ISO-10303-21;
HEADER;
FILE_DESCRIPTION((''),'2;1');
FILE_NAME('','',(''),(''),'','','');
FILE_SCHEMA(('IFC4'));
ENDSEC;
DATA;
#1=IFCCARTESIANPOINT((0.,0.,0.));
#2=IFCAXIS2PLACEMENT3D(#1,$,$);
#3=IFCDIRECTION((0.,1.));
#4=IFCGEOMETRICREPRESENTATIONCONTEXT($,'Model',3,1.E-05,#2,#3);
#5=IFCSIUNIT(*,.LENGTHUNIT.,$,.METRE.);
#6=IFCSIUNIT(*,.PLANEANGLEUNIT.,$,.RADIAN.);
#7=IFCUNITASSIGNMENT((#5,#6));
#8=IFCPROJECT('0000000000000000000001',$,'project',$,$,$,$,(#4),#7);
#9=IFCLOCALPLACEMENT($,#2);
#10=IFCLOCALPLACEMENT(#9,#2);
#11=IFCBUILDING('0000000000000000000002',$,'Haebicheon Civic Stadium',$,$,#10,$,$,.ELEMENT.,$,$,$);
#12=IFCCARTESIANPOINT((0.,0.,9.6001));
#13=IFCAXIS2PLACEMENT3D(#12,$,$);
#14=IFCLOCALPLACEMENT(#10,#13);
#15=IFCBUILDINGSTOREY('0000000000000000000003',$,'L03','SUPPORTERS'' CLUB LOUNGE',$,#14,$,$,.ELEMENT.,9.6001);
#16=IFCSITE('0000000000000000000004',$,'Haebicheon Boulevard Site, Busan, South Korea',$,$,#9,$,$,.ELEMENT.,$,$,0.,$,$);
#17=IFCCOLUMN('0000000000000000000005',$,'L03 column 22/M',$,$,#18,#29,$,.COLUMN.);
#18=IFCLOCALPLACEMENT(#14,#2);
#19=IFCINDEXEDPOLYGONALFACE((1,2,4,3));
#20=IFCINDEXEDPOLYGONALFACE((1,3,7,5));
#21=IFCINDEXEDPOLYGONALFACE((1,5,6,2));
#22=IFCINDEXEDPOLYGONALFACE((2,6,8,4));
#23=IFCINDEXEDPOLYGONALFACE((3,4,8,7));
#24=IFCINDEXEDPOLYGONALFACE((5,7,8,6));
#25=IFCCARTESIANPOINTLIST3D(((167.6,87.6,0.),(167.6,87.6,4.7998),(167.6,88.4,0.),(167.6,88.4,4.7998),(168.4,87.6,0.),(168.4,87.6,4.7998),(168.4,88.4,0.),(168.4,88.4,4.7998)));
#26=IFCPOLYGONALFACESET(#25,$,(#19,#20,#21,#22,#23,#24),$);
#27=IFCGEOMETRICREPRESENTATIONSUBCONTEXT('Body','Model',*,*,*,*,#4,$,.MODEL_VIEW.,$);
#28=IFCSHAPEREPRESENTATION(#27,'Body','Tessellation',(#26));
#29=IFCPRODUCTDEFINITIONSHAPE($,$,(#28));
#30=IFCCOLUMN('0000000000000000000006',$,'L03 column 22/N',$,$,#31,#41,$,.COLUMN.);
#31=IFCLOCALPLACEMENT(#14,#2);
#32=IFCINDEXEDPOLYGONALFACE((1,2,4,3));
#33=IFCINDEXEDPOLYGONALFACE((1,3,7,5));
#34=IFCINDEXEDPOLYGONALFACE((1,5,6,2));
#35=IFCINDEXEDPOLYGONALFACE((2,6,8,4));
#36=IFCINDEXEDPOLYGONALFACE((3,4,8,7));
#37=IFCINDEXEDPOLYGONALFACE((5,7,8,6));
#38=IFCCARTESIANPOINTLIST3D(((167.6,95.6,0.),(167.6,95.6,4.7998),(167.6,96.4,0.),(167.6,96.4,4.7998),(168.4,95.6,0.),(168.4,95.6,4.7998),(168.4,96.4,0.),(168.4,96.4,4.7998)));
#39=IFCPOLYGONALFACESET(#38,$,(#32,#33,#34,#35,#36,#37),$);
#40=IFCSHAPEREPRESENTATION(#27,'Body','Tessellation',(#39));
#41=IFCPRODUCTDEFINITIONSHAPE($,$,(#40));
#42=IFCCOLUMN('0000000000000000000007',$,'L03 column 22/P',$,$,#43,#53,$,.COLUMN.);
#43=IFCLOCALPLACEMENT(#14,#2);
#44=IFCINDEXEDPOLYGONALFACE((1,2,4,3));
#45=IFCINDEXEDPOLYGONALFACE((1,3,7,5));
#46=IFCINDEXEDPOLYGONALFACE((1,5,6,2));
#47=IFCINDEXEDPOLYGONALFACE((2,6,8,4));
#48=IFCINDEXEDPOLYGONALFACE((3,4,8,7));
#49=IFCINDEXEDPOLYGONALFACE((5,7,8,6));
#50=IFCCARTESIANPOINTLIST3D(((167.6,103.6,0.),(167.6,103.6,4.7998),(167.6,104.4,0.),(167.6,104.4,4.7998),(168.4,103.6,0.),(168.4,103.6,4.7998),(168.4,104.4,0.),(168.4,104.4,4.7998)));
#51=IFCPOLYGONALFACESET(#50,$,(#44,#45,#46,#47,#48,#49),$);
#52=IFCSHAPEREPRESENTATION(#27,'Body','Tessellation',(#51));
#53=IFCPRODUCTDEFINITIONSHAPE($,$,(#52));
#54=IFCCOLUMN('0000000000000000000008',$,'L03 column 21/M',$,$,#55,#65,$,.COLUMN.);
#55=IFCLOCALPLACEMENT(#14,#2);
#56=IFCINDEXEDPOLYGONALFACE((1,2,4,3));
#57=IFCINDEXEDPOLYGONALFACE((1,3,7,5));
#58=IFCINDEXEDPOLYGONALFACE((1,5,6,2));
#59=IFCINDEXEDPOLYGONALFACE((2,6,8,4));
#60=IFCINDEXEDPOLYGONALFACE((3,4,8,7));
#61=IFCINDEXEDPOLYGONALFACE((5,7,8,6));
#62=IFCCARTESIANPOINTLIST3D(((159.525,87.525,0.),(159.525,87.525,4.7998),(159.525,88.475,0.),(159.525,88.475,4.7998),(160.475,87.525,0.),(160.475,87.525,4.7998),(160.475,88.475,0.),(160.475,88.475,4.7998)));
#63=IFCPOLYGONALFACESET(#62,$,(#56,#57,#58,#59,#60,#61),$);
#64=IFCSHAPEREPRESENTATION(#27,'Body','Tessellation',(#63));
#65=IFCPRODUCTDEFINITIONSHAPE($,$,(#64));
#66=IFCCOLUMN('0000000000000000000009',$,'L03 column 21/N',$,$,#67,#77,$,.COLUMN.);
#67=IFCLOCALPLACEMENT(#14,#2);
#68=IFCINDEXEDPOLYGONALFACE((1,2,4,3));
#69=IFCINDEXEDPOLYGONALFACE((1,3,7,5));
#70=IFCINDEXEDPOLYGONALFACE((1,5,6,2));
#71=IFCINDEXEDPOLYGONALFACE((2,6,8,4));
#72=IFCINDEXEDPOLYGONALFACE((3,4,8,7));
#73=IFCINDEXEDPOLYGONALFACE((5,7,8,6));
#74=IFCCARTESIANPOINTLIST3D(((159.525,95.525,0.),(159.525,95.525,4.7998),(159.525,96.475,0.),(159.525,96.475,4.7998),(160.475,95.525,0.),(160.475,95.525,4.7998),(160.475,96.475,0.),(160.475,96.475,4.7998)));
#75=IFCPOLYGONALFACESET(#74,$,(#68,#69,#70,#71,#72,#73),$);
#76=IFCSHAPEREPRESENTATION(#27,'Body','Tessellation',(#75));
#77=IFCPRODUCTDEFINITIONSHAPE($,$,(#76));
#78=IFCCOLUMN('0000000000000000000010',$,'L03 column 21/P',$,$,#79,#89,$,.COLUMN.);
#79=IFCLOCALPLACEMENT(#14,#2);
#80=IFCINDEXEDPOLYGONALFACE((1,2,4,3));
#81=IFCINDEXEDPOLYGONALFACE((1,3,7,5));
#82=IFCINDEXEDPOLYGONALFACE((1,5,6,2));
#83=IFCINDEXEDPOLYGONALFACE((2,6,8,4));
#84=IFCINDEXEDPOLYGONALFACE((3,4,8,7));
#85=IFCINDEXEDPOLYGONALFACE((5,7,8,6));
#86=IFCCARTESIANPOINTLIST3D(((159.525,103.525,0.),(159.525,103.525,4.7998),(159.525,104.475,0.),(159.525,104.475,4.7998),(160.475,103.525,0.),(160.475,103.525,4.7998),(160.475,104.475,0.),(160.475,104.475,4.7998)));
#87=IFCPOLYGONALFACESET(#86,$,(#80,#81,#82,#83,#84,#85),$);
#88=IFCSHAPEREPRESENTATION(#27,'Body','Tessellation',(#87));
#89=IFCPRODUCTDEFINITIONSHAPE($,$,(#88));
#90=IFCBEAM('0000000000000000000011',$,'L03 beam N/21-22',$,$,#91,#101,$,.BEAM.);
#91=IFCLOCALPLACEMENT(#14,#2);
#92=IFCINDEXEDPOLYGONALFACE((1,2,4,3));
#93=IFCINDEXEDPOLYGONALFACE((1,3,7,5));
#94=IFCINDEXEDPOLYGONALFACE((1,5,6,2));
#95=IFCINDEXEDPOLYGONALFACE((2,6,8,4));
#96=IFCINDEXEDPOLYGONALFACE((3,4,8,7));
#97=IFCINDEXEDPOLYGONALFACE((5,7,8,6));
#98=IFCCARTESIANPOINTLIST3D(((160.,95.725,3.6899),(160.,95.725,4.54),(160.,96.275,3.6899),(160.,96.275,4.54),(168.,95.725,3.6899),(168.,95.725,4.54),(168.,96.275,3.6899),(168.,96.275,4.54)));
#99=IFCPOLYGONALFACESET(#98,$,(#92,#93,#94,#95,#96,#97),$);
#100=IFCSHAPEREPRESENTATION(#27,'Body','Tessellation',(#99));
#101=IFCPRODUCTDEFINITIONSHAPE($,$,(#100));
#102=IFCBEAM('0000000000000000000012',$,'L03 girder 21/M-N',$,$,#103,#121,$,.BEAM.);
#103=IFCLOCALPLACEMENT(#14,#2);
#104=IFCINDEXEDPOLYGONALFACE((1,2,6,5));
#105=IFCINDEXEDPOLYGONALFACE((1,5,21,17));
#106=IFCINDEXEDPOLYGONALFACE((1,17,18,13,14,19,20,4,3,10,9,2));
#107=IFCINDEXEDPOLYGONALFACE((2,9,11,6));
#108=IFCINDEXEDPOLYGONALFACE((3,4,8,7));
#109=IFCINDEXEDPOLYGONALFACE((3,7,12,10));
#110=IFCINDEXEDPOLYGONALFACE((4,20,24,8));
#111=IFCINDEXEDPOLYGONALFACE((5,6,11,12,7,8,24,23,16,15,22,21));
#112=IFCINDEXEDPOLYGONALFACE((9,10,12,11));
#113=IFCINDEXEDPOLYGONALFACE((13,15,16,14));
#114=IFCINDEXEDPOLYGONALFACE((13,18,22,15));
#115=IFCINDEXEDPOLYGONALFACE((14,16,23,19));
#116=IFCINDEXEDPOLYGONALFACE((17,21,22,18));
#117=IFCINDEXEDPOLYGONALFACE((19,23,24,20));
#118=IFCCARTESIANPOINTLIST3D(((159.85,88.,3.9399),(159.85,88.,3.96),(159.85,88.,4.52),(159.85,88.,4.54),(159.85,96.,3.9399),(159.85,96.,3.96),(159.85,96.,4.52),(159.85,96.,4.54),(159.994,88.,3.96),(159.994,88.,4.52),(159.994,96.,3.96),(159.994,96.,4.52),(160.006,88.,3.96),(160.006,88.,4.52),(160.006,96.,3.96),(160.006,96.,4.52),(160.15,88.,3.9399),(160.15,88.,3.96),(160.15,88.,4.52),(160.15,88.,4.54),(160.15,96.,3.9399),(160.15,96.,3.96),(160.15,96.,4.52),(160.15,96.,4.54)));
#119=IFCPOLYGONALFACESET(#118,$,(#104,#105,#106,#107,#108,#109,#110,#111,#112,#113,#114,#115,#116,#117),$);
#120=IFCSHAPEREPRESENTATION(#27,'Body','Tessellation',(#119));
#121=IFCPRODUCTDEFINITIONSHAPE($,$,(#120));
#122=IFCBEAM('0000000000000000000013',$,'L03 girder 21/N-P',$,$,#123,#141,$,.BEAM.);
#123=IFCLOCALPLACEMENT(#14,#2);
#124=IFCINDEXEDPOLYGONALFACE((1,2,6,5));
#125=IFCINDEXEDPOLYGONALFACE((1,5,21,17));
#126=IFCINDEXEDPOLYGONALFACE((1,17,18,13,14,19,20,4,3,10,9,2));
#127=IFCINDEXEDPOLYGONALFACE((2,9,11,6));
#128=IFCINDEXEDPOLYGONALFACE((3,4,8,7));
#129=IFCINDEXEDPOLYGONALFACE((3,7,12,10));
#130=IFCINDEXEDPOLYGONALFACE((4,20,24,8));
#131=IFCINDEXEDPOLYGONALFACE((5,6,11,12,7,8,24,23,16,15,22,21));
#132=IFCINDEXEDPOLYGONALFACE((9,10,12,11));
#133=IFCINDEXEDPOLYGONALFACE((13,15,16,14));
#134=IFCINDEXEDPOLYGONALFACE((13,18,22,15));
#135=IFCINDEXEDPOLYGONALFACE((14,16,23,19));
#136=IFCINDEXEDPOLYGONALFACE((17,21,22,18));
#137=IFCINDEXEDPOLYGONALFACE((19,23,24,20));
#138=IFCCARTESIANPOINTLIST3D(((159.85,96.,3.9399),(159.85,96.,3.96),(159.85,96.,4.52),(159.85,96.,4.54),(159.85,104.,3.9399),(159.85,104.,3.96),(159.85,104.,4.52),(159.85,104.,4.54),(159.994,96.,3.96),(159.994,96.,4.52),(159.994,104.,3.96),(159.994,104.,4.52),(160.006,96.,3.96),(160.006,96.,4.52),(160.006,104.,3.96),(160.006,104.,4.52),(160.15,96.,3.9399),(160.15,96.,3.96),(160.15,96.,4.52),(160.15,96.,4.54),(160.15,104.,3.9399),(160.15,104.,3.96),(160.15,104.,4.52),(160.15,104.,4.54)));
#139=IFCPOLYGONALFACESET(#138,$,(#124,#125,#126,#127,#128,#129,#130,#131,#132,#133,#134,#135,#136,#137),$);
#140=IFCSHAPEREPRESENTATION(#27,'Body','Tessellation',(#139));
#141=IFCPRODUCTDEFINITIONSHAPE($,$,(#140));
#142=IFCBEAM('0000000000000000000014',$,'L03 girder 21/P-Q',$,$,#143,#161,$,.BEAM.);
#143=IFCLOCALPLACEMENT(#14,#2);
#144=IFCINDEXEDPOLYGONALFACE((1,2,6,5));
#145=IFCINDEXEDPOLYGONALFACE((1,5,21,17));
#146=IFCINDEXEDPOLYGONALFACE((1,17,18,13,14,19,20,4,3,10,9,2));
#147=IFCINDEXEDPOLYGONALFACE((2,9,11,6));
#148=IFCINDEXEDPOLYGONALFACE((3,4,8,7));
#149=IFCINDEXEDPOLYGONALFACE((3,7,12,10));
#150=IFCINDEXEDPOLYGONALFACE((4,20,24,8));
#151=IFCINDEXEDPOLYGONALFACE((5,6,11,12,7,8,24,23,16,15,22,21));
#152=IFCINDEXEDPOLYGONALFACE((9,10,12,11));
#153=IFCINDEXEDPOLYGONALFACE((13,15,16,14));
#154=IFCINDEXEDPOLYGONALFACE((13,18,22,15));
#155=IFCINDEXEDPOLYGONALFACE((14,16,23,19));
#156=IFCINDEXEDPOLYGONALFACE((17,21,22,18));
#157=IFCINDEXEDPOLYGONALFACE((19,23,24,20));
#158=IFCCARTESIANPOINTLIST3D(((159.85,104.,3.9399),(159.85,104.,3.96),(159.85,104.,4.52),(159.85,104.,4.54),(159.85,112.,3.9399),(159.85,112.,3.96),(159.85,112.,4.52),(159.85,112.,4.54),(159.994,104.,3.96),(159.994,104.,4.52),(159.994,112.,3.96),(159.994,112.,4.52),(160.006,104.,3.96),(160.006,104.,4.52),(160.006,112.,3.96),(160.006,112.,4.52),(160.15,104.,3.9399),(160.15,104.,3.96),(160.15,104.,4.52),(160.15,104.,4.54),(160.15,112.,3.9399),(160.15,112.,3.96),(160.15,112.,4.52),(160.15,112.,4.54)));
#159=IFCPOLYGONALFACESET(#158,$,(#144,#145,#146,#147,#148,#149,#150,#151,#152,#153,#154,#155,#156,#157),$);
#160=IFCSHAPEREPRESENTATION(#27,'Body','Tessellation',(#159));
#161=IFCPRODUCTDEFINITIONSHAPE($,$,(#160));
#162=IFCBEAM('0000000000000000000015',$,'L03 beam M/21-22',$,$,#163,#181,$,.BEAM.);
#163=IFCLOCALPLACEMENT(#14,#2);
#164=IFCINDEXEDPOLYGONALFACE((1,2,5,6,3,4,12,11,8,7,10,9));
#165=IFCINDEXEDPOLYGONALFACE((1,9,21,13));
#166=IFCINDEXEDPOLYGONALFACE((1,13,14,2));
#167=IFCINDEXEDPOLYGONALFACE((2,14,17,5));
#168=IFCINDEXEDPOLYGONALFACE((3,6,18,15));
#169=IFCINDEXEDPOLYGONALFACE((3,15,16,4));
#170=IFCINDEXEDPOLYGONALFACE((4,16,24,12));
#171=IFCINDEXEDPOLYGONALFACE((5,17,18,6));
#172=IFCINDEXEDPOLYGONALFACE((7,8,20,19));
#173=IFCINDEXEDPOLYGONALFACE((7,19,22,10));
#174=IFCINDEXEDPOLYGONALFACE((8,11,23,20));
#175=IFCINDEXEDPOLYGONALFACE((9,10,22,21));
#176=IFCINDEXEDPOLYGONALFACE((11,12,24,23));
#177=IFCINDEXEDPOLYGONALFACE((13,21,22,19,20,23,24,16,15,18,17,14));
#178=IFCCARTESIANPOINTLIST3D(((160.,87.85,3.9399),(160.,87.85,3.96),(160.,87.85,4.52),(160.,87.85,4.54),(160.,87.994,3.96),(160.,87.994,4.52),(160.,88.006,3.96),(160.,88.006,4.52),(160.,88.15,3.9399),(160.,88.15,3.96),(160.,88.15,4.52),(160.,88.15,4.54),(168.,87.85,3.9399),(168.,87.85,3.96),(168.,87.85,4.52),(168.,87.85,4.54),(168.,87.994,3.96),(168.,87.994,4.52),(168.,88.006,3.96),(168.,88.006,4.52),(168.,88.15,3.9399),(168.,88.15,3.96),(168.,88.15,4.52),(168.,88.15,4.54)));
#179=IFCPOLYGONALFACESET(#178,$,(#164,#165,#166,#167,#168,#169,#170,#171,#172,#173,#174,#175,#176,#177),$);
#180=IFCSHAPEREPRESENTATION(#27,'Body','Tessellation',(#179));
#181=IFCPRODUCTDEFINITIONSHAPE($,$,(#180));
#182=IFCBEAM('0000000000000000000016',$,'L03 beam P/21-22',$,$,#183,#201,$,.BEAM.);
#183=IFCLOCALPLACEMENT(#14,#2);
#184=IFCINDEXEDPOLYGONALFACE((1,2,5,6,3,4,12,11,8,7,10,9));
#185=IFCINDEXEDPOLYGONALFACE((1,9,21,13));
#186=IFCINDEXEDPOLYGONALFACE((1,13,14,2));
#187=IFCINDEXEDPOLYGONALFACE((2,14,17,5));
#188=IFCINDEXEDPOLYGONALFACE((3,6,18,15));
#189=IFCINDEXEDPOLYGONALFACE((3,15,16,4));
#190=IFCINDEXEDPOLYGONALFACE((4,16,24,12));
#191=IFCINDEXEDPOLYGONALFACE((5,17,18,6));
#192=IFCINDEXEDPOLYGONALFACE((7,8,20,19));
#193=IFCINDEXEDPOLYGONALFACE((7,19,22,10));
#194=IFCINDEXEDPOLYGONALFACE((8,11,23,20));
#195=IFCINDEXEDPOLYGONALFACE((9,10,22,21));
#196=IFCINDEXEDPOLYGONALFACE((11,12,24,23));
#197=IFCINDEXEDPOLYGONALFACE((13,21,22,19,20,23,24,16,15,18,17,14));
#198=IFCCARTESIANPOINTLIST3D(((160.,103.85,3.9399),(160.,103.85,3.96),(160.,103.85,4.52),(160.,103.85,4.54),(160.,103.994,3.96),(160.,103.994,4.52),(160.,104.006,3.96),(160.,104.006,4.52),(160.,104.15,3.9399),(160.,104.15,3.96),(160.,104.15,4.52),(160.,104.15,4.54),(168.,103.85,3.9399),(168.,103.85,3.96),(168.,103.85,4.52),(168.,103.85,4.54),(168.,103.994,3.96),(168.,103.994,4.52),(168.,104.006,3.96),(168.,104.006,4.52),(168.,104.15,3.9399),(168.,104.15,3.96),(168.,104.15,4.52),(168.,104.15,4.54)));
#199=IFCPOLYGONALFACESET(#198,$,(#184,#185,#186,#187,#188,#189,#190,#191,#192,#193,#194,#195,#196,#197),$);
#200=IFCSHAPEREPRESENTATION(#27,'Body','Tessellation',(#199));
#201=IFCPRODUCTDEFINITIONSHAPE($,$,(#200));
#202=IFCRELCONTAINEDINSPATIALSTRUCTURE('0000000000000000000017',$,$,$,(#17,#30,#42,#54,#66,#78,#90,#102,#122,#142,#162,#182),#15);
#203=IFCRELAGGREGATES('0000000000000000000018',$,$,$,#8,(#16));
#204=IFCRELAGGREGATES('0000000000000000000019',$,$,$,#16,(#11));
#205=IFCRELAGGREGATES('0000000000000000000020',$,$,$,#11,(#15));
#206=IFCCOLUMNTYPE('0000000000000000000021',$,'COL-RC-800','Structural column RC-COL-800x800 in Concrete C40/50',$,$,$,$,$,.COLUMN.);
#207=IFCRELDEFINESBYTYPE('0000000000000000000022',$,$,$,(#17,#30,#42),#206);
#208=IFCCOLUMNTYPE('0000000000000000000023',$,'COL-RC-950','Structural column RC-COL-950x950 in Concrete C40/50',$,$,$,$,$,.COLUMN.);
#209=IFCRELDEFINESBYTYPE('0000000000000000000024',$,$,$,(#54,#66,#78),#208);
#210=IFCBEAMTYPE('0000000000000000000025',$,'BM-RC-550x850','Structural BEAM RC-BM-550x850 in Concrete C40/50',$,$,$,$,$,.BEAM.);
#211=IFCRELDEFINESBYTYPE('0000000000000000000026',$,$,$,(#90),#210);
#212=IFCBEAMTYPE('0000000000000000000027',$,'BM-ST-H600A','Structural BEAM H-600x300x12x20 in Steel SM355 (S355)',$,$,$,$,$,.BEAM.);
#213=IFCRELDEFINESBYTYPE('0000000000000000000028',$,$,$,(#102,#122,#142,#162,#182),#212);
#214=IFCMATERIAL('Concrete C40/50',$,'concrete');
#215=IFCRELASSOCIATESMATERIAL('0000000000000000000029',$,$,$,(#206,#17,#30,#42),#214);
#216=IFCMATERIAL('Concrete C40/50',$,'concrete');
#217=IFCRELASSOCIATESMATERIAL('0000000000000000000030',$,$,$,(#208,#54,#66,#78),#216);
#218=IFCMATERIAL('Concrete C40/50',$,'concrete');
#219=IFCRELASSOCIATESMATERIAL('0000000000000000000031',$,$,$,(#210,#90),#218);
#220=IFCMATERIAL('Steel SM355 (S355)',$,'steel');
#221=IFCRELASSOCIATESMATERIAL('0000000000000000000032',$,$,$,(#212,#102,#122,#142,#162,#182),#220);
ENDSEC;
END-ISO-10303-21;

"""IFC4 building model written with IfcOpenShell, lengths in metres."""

from ifc_helpers import new_model, si_unit, direction, frame, origin, origin_2d, place, context, subcontext, project, spatial, rectangle, i_section, extrude, material, material_profile, profile_set, type_object, element, save


model = new_model("IFC4")

# Units and contexts
model_context = context("Model", 3, precision=1e-05, world=origin(), true_north=direction((0.0, 1.0)))
body_context = subcontext(model_context, "Body", "Model", "MODEL_VIEW")
ifc_project = project(units=[si_unit("LENGTHUNIT", "METRE"), si_unit("PLANEANGLEUNIT", "RADIAN")], contexts=[model_context])

# Site, building, storey
site_placement = place(None, origin())
site = spatial("IfcSite", under=ifc_project, at=site_placement, Name="Haebicheon Boulevard Site, Busan, South Korea", CompositionType="ELEMENT", RefElevation=0.0)
building_placement = place(site_placement, origin())
building = spatial("IfcBuilding", under=site, at=building_placement, Name="Haebicheon Civic Stadium", CompositionType="ELEMENT")
storey_placement = place(building_placement, frame((0.0, 0.0, 9.6001)))
storey = spatial("IfcBuildingStorey", under=building, at=storey_placement, Name="L03", Description="SUPPORTERS' CLUB LOUNGE", CompositionType="ELEMENT", Elevation=9.6001)

# Columns
ifc_material_1 = material(Name="Concrete C40/50", Category="concrete")
ifc_material_profile_1 = material_profile(ifc_material_1, rectangle(XDim=0.8, YDim=0.8, at=origin_2d()), Name="RC-COL-800x800")
ifc_profile_set_1 = profile_set([ifc_material_profile_1], Name="Concrete C40/50")
column_type_1 = type_object("IfcColumnType", Name="COL-RC-800", Description="Structural column RC-COL-800x800 in Concrete C40/50", PredefinedType="COLUMN", material=ifc_profile_set_1)
for number, where, z_axis, x_axis, name in (
    (1, (168.0, 88.0, 0.0), (0.0, 0.0, 1.0), (1.0, 0.0, 0.0), "L03 column 22/M"),
    (2, (168.0, 96.0, 0.0), (0.0, 0.0, 1.0), (1.0, 0.0, 0.0), "L03 column 22/N"),
    (3, (168.0, 104.0, 0.0), (0.0, 0.0, 1.0), (1.0, 0.0, 0.0), "L03 column 22/P"),
):
    element("IfcColumn", number, at=place(storey_placement, frame(where, z_axis=z_axis, x_axis=x_axis)), inside=storey, type_object=column_type_1, material=ifc_profile_set_1, Name=name, PredefinedType="COLUMN", context=body_context, shape_type="SweptSolid", body=[
        extrude(rectangle(XDim=0.8, YDim=0.8, at=origin_2d()), origin(), (0.0, 0.0, 1.0), 4.7998),
    ])
ifc_material_2 = material(Name="Concrete C40/50", Category="concrete")
ifc_material_profile_2 = material_profile(ifc_material_2, rectangle(XDim=0.95, YDim=0.95, at=origin_2d()), Name="RC-COL-950x950")
ifc_profile_set_2 = profile_set([ifc_material_profile_2], Name="Concrete C40/50")
column_type_2 = type_object("IfcColumnType", Name="COL-RC-950", Description="Structural column RC-COL-950x950 in Concrete C40/50", PredefinedType="COLUMN", material=ifc_profile_set_2)
for number, where, z_axis, x_axis, name in (
    (4, (160.0, 88.0, 0.0), (0.0, 0.0, 1.0), (1.0, 0.0, 0.0), "L03 column 21/M"),
    (5, (160.0, 96.0, 0.0), (0.0, 0.0, 1.0), (1.0, 0.0, 0.0), "L03 column 21/N"),
    (6, (160.0, 104.0, 0.0), (0.0, 0.0, 1.0), (1.0, 0.0, 0.0), "L03 column 21/P"),
):
    element("IfcColumn", number, at=place(storey_placement, frame(where, z_axis=z_axis, x_axis=x_axis)), inside=storey, type_object=column_type_2, material=ifc_profile_set_2, Name=name, PredefinedType="COLUMN", context=body_context, shape_type="SweptSolid", body=[
        extrude(rectangle(XDim=0.95, YDim=0.95, at=origin_2d()), origin(), (0.0, 0.0, 1.0), 4.7998),
    ])

# Beams
ifc_material_3 = material(Name="Concrete C40/50", Category="concrete")
ifc_material_profile_3 = material_profile(ifc_material_3, rectangle(XDim=0.55, YDim=0.8501, at=origin_2d()), Name="RC-BM-550x850")
ifc_profile_set_3 = profile_set([ifc_material_profile_3], Name="Concrete C40/50")
beam_type_1 = type_object("IfcBeamType", Name="BM-RC-550x850", Description="Structural BEAM RC-BM-550x850 in Concrete C40/50", PredefinedType="BEAM", material=ifc_profile_set_3)
beam_placement = place(storey_placement, frame((160.0, 96.0, 4.115), z_axis=(1.0, 0.0, 0.0), x_axis=(0.0, 1.0, 0.0)))
element("IfcBeam", 7, at=beam_placement, inside=storey, type_object=beam_type_1, material=ifc_profile_set_3, Name="L03 beam N/21-22", PredefinedType="BEAM", context=body_context, shape_type="SweptSolid", body=[
    extrude(rectangle(XDim=0.55, YDim=0.8501, at=origin_2d()), origin(), (0.0, 0.0, 1.0), 8.0),
])
ifc_material_4 = material(Name="Steel SM355 (S355)", Category="steel")
ifc_material_profile_4 = material_profile(ifc_material_4, i_section(OverallWidth=0.3, OverallDepth=0.6001, WebThickness=0.012, FlangeThickness=0.02, at=origin_2d()), Name="H-600x300x12x20")
ifc_profile_set_4 = profile_set([ifc_material_profile_4], Name="Steel SM355 (S355)")
beam_type_2 = type_object("IfcBeamType", Name="BM-ST-H600A", Description="Structural BEAM H-600x300x12x20 in Steel SM355 (S355)", PredefinedType="BEAM", material=ifc_profile_set_4)
for number, where, z_axis, x_axis, name in (
    (8, (160.0, 88.0, 4.24), (0.0, 1.0, 0.0), (-1.0, 0.0, 0.0), "L03 girder 21/M-N"),
    (9, (160.0, 96.0, 4.24), (0.0, 1.0, 0.0), (-1.0, 0.0, 0.0), "L03 girder 21/N-P"),
    (10, (160.0, 104.0, 4.24), (0.0, 1.0, 0.0), (-1.0, 0.0, 0.0), "L03 girder 21/P-Q"),
    (11, (160.0, 88.0, 4.24), (1.0, 0.0, 0.0), (0.0, 1.0, 0.0), "L03 beam M/21-22"),
    (12, (160.0, 104.0, 4.24), (1.0, 0.0, 0.0), (0.0, 1.0, 0.0), "L03 beam P/21-22"),
):
    element("IfcBeam", number, at=place(storey_placement, frame(where, z_axis=z_axis, x_axis=x_axis)), inside=storey, type_object=beam_type_2, material=ifc_profile_set_4, Name=name, PredefinedType="BEAM", context=body_context, shape_type="SweptSolid", body=[
        extrude(i_section(OverallWidth=0.3, OverallDepth=0.6001, WebThickness=0.012, FlangeThickness=0.02, at=origin_2d()), origin(), (0.0, 0.0, 1.0), 8.0),
    ])

save(model, "model.ifc")
